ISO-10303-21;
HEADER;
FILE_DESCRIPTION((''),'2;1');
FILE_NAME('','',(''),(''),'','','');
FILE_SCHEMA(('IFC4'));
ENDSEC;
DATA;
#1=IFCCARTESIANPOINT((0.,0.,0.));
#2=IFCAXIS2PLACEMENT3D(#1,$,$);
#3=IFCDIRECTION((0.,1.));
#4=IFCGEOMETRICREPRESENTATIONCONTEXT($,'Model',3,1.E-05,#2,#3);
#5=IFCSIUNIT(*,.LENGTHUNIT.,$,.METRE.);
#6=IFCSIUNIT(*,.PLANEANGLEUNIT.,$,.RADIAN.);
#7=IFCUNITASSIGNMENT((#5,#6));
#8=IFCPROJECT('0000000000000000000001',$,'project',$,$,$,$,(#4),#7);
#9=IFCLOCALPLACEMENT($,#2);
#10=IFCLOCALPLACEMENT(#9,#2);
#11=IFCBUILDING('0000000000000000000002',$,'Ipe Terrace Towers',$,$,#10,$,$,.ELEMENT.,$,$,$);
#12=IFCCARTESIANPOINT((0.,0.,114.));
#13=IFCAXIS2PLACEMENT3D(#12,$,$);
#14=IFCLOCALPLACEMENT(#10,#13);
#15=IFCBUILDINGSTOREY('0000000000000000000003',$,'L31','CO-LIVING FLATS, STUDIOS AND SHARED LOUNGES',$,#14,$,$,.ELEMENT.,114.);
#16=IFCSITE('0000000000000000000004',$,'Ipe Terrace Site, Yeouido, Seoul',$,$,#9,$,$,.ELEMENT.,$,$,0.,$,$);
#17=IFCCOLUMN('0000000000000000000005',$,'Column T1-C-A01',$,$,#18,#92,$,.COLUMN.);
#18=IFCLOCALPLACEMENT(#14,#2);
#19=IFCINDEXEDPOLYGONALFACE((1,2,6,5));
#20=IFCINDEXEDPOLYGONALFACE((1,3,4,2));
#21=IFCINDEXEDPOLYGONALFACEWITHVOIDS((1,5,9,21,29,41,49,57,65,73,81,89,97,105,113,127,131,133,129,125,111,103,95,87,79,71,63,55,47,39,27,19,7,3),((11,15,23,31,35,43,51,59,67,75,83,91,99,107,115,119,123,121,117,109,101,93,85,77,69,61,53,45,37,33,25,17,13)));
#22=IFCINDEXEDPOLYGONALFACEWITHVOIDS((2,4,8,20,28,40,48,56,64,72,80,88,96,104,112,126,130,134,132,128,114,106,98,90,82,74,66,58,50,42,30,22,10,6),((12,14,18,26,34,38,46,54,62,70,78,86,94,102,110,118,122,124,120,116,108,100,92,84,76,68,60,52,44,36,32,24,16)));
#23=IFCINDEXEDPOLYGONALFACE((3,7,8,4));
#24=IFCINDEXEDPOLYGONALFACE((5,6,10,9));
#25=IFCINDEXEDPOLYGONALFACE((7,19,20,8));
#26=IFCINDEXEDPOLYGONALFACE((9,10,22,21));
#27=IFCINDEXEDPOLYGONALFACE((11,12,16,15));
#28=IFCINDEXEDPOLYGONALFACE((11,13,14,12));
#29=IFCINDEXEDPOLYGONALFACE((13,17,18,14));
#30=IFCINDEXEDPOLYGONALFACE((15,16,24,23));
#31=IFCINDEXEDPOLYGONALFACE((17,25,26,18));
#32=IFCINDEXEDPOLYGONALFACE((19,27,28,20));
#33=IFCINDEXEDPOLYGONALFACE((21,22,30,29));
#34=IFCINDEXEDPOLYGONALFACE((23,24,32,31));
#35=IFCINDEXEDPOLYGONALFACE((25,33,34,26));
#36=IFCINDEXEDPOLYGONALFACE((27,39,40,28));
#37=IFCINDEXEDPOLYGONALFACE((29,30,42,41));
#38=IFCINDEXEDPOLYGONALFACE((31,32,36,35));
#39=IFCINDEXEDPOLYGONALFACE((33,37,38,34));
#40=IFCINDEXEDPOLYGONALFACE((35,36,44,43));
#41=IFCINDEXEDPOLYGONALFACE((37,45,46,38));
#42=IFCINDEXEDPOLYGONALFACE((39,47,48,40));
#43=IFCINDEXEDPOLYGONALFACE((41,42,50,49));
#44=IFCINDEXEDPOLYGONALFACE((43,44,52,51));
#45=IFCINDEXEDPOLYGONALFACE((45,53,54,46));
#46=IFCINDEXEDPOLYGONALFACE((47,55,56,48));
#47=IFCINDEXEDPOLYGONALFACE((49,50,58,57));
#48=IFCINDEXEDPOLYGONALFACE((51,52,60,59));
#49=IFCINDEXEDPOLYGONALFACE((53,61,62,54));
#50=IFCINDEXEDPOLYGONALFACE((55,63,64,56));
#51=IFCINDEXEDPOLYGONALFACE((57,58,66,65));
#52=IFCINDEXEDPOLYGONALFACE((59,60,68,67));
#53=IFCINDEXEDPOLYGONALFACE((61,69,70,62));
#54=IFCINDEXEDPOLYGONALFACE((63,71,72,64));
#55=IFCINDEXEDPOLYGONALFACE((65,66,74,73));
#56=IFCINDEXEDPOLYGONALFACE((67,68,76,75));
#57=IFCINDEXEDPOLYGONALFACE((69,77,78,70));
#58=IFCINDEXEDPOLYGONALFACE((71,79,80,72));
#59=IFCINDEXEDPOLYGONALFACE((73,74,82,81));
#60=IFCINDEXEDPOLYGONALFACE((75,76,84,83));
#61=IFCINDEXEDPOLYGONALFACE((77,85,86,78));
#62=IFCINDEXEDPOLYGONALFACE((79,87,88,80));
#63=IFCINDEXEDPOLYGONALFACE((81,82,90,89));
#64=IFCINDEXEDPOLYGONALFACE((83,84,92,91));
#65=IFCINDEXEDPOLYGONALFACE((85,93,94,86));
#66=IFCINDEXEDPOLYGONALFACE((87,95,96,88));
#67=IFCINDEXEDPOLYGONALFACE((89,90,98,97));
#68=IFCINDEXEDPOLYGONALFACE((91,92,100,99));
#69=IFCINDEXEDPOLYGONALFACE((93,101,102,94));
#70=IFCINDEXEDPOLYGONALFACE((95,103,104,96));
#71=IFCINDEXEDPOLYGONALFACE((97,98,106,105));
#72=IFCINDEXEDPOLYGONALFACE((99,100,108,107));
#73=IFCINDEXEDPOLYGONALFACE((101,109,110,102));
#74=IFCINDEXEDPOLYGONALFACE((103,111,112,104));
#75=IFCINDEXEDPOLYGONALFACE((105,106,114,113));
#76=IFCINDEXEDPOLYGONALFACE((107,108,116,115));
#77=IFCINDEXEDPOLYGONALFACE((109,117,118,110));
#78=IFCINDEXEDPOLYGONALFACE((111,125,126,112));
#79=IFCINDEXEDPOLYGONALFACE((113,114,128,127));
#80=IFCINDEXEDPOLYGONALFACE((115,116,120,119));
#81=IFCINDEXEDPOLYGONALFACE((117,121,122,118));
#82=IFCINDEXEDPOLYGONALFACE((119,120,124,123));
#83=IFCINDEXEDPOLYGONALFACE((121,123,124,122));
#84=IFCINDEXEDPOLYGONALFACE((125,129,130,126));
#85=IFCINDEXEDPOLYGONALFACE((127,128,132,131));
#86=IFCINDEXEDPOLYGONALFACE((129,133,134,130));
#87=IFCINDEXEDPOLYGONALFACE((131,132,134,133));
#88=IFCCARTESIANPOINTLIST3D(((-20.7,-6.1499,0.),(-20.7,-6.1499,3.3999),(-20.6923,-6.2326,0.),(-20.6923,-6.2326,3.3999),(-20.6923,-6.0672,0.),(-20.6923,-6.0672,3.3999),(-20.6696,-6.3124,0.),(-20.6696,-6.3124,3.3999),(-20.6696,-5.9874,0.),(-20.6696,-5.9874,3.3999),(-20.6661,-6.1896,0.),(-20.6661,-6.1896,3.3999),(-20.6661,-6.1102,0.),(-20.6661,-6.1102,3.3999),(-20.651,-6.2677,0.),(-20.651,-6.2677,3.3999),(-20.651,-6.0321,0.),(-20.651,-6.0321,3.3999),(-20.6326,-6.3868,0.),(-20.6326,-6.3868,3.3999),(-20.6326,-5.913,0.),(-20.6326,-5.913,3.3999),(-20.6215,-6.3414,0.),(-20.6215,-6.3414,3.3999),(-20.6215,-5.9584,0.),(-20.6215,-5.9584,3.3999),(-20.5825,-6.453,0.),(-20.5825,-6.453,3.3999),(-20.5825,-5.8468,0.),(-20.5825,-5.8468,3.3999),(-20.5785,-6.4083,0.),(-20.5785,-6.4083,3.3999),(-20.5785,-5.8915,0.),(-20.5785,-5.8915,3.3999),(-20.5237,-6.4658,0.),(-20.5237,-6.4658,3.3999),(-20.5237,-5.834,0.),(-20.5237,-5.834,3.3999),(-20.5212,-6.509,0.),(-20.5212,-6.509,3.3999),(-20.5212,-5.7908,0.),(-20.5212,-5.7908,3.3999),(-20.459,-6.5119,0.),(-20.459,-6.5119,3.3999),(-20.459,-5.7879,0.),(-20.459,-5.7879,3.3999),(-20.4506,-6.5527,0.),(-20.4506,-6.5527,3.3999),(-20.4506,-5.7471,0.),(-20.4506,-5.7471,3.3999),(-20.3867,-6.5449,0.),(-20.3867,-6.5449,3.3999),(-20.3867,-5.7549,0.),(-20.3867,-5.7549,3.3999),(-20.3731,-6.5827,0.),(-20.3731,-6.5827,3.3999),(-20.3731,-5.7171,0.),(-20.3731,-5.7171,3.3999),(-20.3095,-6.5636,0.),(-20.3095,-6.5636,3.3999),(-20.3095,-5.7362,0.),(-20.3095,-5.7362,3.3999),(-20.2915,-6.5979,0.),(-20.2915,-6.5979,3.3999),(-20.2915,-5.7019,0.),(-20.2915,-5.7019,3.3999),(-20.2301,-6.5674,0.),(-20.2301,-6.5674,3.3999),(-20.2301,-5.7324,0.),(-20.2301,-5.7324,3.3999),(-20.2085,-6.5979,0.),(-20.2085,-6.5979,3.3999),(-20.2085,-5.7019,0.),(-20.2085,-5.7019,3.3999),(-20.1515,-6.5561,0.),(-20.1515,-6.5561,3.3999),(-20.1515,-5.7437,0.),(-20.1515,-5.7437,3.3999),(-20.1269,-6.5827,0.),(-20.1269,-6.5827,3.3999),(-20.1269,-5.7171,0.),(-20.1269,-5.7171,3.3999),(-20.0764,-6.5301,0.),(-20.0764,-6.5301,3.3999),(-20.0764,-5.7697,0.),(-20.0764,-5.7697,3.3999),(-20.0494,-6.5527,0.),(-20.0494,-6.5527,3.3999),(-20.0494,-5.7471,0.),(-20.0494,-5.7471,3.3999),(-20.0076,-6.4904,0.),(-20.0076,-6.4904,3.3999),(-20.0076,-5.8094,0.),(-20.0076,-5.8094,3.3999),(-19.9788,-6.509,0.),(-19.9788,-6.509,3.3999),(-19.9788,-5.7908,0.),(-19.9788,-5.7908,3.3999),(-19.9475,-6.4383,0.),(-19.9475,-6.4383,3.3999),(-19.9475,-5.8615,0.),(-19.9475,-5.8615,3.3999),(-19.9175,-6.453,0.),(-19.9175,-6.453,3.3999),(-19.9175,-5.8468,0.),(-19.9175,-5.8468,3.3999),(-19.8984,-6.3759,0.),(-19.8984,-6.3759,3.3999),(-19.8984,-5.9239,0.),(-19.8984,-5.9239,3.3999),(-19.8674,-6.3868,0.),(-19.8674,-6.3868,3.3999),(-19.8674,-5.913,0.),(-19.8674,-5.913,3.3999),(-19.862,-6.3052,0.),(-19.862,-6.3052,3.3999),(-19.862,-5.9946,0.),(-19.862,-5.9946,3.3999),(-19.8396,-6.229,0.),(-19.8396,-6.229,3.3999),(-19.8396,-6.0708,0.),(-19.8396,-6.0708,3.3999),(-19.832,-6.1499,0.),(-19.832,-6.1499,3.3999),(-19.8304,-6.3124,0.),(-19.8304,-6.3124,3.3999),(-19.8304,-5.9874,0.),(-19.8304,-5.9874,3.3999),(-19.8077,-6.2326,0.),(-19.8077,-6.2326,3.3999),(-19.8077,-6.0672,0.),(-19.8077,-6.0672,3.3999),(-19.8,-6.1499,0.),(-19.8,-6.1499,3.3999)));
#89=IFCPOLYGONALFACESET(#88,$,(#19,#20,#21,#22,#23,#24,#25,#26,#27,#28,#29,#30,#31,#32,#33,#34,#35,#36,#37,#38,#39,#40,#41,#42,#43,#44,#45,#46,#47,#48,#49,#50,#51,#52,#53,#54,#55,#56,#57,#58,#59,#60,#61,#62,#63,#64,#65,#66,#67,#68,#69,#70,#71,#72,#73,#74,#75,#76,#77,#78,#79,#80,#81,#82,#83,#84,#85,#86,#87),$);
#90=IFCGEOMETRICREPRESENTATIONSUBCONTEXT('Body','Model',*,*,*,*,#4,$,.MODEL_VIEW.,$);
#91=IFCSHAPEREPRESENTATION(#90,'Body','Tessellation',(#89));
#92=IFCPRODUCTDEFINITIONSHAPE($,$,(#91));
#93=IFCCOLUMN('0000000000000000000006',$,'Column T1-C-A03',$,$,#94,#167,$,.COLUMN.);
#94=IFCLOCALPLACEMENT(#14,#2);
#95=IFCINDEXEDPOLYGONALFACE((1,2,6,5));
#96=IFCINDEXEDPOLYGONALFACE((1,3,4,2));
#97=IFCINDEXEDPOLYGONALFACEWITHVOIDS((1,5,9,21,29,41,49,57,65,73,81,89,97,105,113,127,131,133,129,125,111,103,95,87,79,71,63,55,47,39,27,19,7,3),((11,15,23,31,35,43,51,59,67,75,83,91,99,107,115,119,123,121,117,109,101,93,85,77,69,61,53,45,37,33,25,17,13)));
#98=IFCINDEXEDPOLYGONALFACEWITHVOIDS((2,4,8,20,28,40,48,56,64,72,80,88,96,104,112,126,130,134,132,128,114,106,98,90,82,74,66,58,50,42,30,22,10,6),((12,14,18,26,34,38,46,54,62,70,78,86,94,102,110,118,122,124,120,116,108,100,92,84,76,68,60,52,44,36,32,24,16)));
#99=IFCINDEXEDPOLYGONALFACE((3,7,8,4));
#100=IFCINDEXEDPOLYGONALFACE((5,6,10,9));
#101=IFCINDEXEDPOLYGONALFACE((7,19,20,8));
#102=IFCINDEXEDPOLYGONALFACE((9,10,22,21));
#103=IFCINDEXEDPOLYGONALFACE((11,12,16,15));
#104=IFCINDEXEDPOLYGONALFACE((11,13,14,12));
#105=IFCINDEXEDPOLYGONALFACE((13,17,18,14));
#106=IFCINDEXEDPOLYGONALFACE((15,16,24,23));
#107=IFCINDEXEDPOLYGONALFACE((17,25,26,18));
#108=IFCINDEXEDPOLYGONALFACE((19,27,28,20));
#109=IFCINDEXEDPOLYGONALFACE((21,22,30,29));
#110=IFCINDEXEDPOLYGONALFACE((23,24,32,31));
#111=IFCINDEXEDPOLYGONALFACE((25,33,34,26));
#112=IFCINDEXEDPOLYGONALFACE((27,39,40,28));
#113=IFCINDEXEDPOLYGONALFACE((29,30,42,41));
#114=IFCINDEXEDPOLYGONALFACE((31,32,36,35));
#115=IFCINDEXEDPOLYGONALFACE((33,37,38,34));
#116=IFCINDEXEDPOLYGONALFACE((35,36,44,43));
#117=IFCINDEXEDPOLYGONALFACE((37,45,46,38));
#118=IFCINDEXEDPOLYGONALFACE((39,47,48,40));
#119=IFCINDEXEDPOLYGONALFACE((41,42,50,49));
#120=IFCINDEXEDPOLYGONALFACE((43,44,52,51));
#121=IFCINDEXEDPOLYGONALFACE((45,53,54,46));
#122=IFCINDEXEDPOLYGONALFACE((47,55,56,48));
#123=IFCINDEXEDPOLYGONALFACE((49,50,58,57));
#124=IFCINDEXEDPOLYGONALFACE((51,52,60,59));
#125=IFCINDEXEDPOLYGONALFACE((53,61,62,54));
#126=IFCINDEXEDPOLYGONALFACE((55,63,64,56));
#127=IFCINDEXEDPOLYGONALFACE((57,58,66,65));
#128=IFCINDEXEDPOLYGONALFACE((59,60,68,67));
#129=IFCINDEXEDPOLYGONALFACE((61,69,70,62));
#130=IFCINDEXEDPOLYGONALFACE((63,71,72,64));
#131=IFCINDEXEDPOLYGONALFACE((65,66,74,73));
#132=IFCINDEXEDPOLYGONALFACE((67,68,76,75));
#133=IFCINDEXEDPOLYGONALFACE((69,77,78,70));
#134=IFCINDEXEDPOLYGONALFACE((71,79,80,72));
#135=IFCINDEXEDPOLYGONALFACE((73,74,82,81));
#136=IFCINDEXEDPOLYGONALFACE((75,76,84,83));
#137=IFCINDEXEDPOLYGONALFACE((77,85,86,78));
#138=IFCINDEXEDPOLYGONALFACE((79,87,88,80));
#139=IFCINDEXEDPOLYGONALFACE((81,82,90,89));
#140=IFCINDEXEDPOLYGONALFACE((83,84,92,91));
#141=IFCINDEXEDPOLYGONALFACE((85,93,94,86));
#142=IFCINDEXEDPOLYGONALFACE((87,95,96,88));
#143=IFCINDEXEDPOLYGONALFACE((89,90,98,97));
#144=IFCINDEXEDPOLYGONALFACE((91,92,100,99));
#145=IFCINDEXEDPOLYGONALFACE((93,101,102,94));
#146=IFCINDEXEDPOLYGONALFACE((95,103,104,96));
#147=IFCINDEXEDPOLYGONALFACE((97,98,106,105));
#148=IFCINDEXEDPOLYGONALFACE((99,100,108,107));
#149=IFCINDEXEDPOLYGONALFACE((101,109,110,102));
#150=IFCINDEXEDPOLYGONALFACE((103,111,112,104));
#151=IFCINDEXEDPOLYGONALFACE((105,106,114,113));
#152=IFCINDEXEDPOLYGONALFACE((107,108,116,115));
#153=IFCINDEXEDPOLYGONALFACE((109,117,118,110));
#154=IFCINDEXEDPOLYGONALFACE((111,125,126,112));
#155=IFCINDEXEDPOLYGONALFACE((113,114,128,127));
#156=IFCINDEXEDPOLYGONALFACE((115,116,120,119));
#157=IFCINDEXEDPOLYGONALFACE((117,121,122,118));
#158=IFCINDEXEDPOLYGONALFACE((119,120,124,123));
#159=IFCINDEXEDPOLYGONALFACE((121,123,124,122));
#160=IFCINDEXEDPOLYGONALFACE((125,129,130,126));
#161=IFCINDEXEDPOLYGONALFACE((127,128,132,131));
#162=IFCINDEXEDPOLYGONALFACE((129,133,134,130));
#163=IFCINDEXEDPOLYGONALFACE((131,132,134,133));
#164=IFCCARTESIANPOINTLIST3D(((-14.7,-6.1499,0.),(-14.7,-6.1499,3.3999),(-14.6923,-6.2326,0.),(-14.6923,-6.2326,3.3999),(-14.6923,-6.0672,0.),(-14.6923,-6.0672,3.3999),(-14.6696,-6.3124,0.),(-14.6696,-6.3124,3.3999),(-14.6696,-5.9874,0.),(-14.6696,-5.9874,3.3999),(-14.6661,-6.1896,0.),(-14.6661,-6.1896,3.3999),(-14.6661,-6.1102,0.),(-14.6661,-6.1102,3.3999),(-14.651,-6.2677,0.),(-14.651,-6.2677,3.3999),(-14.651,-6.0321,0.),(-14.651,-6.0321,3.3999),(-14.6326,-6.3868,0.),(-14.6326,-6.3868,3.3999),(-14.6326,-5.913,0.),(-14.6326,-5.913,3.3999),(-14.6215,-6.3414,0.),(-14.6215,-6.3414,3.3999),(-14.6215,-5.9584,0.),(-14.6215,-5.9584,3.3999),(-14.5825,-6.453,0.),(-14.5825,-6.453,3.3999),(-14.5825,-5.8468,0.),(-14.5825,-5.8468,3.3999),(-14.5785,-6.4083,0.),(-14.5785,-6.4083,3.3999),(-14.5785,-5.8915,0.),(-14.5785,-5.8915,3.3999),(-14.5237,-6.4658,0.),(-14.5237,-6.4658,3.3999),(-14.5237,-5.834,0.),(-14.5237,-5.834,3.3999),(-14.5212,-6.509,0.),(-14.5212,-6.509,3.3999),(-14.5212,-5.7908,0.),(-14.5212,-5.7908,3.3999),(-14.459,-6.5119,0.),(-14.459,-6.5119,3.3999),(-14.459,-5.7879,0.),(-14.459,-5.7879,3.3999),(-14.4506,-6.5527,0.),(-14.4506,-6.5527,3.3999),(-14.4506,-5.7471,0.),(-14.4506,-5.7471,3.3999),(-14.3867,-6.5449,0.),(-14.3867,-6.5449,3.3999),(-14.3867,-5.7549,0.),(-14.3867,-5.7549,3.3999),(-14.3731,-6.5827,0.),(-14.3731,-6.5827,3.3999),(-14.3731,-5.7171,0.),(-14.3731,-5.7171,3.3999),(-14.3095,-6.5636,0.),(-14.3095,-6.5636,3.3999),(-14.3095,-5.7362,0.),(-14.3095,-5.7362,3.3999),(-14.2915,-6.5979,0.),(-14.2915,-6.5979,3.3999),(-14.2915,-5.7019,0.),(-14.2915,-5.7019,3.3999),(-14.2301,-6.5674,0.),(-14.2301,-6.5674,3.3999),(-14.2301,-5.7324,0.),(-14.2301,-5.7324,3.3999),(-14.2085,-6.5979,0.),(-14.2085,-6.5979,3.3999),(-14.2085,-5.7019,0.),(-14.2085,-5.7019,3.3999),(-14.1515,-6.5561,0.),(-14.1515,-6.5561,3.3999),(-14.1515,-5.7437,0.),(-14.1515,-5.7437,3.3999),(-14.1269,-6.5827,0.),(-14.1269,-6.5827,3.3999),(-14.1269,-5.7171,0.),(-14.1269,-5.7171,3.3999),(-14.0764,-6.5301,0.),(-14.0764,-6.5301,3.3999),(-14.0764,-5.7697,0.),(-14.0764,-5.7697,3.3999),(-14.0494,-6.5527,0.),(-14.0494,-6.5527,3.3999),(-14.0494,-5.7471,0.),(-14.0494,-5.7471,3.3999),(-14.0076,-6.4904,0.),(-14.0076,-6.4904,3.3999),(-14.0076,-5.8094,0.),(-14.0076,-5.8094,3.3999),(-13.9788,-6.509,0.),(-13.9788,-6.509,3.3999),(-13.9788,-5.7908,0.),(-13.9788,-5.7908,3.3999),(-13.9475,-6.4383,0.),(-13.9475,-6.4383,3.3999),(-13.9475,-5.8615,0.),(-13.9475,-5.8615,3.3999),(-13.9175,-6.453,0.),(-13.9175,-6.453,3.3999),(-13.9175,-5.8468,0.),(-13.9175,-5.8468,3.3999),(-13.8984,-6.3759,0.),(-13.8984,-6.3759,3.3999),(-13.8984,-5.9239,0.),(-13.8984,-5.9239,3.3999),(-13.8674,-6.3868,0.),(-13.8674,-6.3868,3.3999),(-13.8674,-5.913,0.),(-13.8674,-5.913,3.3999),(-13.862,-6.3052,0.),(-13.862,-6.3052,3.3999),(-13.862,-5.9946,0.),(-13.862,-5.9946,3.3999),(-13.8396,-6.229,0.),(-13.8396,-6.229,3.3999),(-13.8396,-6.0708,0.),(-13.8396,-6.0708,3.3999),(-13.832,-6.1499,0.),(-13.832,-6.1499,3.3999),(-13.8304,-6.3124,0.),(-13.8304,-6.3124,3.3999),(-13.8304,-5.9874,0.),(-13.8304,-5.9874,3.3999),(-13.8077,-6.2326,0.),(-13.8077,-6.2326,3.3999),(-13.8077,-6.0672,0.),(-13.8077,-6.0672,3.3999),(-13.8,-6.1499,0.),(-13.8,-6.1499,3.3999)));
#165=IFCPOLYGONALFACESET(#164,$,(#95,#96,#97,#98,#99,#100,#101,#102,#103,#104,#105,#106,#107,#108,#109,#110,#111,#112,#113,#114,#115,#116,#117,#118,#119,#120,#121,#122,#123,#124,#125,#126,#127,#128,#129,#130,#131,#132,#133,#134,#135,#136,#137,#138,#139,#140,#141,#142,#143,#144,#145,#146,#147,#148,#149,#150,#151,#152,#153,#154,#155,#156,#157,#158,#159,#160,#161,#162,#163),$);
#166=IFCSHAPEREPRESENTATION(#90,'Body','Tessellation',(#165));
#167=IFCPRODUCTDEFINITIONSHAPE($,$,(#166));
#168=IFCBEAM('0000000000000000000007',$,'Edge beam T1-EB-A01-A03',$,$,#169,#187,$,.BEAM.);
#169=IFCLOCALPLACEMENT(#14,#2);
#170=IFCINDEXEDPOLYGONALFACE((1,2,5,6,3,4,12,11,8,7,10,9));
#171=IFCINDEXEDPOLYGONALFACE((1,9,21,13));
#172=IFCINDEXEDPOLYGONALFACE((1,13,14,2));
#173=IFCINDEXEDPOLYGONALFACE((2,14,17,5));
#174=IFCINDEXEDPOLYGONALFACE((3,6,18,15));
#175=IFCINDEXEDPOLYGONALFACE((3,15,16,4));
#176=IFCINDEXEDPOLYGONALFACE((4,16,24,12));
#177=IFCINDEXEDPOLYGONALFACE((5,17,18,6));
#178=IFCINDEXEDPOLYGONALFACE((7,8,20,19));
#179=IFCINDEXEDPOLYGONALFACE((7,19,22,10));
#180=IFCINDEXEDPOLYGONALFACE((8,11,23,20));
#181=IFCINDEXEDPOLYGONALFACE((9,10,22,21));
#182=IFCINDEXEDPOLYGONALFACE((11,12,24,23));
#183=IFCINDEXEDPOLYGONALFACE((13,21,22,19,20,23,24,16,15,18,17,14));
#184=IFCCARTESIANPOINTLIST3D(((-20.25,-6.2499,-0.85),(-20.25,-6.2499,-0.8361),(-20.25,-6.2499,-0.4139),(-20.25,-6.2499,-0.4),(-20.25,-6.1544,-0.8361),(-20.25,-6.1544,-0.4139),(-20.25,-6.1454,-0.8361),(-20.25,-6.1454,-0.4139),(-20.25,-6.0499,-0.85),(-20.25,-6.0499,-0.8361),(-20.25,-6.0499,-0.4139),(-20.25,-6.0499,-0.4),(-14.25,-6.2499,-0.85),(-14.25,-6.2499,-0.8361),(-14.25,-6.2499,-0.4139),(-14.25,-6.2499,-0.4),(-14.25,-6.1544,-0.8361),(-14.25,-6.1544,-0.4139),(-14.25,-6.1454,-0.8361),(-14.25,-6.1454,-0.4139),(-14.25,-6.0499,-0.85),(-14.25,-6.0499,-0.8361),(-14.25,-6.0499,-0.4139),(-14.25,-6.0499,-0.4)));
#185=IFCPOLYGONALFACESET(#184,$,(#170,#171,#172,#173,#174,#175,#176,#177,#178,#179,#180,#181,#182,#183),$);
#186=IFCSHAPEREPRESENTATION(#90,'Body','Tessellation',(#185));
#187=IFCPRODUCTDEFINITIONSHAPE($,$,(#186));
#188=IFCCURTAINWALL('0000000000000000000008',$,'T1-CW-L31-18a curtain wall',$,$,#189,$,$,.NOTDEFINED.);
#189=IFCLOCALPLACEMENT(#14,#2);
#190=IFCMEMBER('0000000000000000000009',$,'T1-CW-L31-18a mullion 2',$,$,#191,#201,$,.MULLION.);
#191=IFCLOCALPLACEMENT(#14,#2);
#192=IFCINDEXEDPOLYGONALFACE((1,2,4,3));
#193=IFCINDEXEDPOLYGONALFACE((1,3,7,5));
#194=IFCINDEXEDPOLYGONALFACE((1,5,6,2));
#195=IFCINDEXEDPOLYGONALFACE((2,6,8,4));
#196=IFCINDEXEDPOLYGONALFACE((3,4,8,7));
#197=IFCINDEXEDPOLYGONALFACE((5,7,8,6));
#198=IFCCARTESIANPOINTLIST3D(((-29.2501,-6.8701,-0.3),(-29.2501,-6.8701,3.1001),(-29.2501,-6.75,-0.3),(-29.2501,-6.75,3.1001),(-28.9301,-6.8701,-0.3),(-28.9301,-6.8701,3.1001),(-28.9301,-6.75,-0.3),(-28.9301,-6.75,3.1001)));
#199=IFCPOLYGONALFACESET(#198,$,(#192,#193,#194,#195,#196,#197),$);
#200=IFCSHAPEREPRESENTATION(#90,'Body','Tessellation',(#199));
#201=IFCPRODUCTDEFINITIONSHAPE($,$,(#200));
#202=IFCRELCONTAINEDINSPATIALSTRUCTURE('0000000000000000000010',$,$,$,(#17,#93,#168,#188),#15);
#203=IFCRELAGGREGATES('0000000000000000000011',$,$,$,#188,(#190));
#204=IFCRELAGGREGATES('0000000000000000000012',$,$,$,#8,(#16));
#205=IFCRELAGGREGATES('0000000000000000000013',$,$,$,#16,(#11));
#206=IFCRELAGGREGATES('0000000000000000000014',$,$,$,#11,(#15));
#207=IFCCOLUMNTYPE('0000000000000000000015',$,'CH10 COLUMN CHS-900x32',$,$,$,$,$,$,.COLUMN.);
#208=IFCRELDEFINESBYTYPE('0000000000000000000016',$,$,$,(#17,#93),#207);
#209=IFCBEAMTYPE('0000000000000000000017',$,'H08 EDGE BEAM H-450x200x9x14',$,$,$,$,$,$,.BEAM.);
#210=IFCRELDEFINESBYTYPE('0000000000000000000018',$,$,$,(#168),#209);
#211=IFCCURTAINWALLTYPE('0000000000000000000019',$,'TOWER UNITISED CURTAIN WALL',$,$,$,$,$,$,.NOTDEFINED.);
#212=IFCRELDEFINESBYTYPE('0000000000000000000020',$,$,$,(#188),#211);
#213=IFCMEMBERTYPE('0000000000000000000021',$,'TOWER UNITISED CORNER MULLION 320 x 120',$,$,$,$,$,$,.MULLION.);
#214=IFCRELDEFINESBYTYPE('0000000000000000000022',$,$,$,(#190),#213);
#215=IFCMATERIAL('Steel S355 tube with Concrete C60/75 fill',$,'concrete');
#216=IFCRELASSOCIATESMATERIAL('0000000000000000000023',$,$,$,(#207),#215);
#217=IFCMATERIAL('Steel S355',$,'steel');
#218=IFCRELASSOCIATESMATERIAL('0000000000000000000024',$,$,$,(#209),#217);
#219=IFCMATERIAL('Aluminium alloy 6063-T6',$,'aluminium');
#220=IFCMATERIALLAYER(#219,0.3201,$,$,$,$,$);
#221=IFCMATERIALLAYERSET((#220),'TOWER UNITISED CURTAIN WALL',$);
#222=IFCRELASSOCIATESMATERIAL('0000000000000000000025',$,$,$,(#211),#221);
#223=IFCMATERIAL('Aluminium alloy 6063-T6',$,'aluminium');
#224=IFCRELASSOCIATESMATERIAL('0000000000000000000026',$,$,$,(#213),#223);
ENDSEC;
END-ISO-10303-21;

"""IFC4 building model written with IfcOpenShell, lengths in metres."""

from ifc_helpers import new_model, si_unit, direction, frame, origin, origin_2d, place, context, subcontext, project, spatial, rectangle, hollow_circle, i_section, extrude, material, layer, layer_set, material_profile, profile_set, type_object, element, aggregate, save


model = new_model("IFC4")

# Units and contexts
model_context = context("Model", 3, precision=1e-05, world=origin(), true_north=direction((0.0, 1.0)))
body_context = subcontext(model_context, "Body", "Model", "MODEL_VIEW")
ifc_project = project(units=[si_unit("LENGTHUNIT", "METRE"), si_unit("PLANEANGLEUNIT", "RADIAN")], contexts=[model_context])

# Site, building, storey
site_placement = place(None, origin())
site = spatial("IfcSite", under=ifc_project, at=site_placement, Name="Ipe Terrace Site, Yeouido, Seoul", CompositionType="ELEMENT", RefElevation=0.0)
building_placement = place(site_placement, origin())
building = spatial("IfcBuilding", under=site, at=building_placement, Name="Ipe Terrace Towers", CompositionType="ELEMENT")
storey_placement = place(building_placement, frame((0.0, 0.0, 114.0)))
storey = spatial("IfcBuildingStorey", under=building, at=storey_placement, Name="L31", Description="CO-LIVING FLATS, STUDIOS AND SHARED LOUNGES", CompositionType="ELEMENT", Elevation=114.0)

# Columns
ifc_material_1 = material(Name="Steel S355 tube with Concrete C60/75 fill", Category="concrete")
ifc_material_profile_1 = material_profile(ifc_material_1, hollow_circle(Radius=0.45, WallThickness=0.032, at=origin_2d()), Name="CHS-900x32")
ifc_profile_set_1 = profile_set([ifc_material_profile_1], Name="Steel S355 tube with Concrete C60/75 fill")
column_type = type_object("IfcColumnType", Name="CH10 COLUMN CHS-900x32", PredefinedType="COLUMN", material=ifc_profile_set_1)
for number, where, z_axis, x_axis, name in (
    (1, (-20.25, -6.1499, 0.0), (0.0, 0.0, 1.0), (1.0, 0.0, 0.0), "Column T1-C-A01"),
    (2, (-14.25, -6.1499, 0.0), (0.0, 0.0, 1.0), (1.0, 0.0, 0.0), "Column T1-C-A03"),
):
    element("IfcColumn", number, at=place(storey_placement, frame(where, z_axis=z_axis, x_axis=x_axis)), inside=storey, type_object=column_type, Name=name, PredefinedType="COLUMN", context=body_context, shape_type="SweptSolid", body=[
        extrude(hollow_circle(Radius=0.45, WallThickness=0.032, at=origin_2d()), origin(), (0.0, 0.0, 1.0), 3.3999),
    ])

# Beam
ifc_material_2 = material(Name="Steel S355", Category="steel")
ifc_material_profile_2 = material_profile(ifc_material_2, i_section(OverallWidth=0.2, OverallDepth=0.45, WebThickness=0.009, FlangeThickness=0.0139, at=origin_2d()), Name="H-450x200x9x14")
ifc_profile_set_2 = profile_set([ifc_material_profile_2], Name="Steel S355")
beam_type = type_object("IfcBeamType", Name="H08 EDGE BEAM H-450x200x9x14", PredefinedType="BEAM", material=ifc_profile_set_2)
beam_placement = place(storey_placement, frame((-20.25, -6.1499, -0.625), z_axis=(1.0, 0.0, 0.0), x_axis=(0.0, 1.0, 0.0)))
element("IfcBeam", 3, at=beam_placement, inside=storey, type_object=beam_type, Name="Edge beam T1-EB-A01-A03", PredefinedType="BEAM", context=body_context, shape_type="SweptSolid", body=[
    extrude(i_section(OverallWidth=0.2, OverallDepth=0.45, WebThickness=0.009, FlangeThickness=0.0139, at=origin_2d()), origin(), (0.0, 0.0, 1.0), 6.0),
])

# Curtain wall, member
ifc_material_3 = material(Name="Aluminium alloy 6063-T6", Category="aluminium")
ifc_layer_1 = layer(ifc_material_3, 0.3201)
ifc_layer_set_1 = layer_set([ifc_layer_1], Name="TOWER UNITISED CURTAIN WALL")
curtain_wall_type = type_object("IfcCurtainWallType", Name="TOWER UNITISED CURTAIN WALL", PredefinedType="NOTDEFINED", material=ifc_layer_set_1)
curtain_wall_1_placement = place(storey_placement, origin())
curtain_wall_1 = element("IfcCurtainWall", 4, at=curtain_wall_1_placement, inside=storey, type_object=curtain_wall_type, Name="T1-CW-L31-18a curtain wall", PredefinedType="NOTDEFINED")
ifc_material_4 = material(Name="Aluminium alloy 6063-T6", Category="aluminium")
ifc_material_profile_3 = material_profile(ifc_material_4, rectangle(XDim=0.3201, YDim=0.1201, at=origin_2d()), Name="TOWER UNITISED CORNER MULLION 320 x 120")
ifc_profile_set_3 = profile_set([ifc_material_profile_3], Name="Aluminium alloy 6063-T6")
member_type = type_object("IfcMemberType", Name="TOWER UNITISED CORNER MULLION 320 x 120", PredefinedType="MULLION", material=ifc_profile_set_3)
member_1_placement = place(storey_placement, frame((-29.0901, -6.8101, -0.3), z_axis=(0.0, 0.0, 1.0), x_axis=(1.0, 0.0, 0.0)))
member_1 = element("IfcMember", 5, at=member_1_placement, type_object=member_type, Name="T1-CW-L31-18a mullion 2", PredefinedType="MULLION", context=body_context, shape_type="SweptSolid", body=[
    extrude(rectangle(XDim=0.3201, YDim=0.1201, at=origin_2d()), origin(), (0.0, 0.0, 1.0), 3.4001),
])

aggregate(curtain_wall_1, [member_1])

save(model, "model.ifc")
